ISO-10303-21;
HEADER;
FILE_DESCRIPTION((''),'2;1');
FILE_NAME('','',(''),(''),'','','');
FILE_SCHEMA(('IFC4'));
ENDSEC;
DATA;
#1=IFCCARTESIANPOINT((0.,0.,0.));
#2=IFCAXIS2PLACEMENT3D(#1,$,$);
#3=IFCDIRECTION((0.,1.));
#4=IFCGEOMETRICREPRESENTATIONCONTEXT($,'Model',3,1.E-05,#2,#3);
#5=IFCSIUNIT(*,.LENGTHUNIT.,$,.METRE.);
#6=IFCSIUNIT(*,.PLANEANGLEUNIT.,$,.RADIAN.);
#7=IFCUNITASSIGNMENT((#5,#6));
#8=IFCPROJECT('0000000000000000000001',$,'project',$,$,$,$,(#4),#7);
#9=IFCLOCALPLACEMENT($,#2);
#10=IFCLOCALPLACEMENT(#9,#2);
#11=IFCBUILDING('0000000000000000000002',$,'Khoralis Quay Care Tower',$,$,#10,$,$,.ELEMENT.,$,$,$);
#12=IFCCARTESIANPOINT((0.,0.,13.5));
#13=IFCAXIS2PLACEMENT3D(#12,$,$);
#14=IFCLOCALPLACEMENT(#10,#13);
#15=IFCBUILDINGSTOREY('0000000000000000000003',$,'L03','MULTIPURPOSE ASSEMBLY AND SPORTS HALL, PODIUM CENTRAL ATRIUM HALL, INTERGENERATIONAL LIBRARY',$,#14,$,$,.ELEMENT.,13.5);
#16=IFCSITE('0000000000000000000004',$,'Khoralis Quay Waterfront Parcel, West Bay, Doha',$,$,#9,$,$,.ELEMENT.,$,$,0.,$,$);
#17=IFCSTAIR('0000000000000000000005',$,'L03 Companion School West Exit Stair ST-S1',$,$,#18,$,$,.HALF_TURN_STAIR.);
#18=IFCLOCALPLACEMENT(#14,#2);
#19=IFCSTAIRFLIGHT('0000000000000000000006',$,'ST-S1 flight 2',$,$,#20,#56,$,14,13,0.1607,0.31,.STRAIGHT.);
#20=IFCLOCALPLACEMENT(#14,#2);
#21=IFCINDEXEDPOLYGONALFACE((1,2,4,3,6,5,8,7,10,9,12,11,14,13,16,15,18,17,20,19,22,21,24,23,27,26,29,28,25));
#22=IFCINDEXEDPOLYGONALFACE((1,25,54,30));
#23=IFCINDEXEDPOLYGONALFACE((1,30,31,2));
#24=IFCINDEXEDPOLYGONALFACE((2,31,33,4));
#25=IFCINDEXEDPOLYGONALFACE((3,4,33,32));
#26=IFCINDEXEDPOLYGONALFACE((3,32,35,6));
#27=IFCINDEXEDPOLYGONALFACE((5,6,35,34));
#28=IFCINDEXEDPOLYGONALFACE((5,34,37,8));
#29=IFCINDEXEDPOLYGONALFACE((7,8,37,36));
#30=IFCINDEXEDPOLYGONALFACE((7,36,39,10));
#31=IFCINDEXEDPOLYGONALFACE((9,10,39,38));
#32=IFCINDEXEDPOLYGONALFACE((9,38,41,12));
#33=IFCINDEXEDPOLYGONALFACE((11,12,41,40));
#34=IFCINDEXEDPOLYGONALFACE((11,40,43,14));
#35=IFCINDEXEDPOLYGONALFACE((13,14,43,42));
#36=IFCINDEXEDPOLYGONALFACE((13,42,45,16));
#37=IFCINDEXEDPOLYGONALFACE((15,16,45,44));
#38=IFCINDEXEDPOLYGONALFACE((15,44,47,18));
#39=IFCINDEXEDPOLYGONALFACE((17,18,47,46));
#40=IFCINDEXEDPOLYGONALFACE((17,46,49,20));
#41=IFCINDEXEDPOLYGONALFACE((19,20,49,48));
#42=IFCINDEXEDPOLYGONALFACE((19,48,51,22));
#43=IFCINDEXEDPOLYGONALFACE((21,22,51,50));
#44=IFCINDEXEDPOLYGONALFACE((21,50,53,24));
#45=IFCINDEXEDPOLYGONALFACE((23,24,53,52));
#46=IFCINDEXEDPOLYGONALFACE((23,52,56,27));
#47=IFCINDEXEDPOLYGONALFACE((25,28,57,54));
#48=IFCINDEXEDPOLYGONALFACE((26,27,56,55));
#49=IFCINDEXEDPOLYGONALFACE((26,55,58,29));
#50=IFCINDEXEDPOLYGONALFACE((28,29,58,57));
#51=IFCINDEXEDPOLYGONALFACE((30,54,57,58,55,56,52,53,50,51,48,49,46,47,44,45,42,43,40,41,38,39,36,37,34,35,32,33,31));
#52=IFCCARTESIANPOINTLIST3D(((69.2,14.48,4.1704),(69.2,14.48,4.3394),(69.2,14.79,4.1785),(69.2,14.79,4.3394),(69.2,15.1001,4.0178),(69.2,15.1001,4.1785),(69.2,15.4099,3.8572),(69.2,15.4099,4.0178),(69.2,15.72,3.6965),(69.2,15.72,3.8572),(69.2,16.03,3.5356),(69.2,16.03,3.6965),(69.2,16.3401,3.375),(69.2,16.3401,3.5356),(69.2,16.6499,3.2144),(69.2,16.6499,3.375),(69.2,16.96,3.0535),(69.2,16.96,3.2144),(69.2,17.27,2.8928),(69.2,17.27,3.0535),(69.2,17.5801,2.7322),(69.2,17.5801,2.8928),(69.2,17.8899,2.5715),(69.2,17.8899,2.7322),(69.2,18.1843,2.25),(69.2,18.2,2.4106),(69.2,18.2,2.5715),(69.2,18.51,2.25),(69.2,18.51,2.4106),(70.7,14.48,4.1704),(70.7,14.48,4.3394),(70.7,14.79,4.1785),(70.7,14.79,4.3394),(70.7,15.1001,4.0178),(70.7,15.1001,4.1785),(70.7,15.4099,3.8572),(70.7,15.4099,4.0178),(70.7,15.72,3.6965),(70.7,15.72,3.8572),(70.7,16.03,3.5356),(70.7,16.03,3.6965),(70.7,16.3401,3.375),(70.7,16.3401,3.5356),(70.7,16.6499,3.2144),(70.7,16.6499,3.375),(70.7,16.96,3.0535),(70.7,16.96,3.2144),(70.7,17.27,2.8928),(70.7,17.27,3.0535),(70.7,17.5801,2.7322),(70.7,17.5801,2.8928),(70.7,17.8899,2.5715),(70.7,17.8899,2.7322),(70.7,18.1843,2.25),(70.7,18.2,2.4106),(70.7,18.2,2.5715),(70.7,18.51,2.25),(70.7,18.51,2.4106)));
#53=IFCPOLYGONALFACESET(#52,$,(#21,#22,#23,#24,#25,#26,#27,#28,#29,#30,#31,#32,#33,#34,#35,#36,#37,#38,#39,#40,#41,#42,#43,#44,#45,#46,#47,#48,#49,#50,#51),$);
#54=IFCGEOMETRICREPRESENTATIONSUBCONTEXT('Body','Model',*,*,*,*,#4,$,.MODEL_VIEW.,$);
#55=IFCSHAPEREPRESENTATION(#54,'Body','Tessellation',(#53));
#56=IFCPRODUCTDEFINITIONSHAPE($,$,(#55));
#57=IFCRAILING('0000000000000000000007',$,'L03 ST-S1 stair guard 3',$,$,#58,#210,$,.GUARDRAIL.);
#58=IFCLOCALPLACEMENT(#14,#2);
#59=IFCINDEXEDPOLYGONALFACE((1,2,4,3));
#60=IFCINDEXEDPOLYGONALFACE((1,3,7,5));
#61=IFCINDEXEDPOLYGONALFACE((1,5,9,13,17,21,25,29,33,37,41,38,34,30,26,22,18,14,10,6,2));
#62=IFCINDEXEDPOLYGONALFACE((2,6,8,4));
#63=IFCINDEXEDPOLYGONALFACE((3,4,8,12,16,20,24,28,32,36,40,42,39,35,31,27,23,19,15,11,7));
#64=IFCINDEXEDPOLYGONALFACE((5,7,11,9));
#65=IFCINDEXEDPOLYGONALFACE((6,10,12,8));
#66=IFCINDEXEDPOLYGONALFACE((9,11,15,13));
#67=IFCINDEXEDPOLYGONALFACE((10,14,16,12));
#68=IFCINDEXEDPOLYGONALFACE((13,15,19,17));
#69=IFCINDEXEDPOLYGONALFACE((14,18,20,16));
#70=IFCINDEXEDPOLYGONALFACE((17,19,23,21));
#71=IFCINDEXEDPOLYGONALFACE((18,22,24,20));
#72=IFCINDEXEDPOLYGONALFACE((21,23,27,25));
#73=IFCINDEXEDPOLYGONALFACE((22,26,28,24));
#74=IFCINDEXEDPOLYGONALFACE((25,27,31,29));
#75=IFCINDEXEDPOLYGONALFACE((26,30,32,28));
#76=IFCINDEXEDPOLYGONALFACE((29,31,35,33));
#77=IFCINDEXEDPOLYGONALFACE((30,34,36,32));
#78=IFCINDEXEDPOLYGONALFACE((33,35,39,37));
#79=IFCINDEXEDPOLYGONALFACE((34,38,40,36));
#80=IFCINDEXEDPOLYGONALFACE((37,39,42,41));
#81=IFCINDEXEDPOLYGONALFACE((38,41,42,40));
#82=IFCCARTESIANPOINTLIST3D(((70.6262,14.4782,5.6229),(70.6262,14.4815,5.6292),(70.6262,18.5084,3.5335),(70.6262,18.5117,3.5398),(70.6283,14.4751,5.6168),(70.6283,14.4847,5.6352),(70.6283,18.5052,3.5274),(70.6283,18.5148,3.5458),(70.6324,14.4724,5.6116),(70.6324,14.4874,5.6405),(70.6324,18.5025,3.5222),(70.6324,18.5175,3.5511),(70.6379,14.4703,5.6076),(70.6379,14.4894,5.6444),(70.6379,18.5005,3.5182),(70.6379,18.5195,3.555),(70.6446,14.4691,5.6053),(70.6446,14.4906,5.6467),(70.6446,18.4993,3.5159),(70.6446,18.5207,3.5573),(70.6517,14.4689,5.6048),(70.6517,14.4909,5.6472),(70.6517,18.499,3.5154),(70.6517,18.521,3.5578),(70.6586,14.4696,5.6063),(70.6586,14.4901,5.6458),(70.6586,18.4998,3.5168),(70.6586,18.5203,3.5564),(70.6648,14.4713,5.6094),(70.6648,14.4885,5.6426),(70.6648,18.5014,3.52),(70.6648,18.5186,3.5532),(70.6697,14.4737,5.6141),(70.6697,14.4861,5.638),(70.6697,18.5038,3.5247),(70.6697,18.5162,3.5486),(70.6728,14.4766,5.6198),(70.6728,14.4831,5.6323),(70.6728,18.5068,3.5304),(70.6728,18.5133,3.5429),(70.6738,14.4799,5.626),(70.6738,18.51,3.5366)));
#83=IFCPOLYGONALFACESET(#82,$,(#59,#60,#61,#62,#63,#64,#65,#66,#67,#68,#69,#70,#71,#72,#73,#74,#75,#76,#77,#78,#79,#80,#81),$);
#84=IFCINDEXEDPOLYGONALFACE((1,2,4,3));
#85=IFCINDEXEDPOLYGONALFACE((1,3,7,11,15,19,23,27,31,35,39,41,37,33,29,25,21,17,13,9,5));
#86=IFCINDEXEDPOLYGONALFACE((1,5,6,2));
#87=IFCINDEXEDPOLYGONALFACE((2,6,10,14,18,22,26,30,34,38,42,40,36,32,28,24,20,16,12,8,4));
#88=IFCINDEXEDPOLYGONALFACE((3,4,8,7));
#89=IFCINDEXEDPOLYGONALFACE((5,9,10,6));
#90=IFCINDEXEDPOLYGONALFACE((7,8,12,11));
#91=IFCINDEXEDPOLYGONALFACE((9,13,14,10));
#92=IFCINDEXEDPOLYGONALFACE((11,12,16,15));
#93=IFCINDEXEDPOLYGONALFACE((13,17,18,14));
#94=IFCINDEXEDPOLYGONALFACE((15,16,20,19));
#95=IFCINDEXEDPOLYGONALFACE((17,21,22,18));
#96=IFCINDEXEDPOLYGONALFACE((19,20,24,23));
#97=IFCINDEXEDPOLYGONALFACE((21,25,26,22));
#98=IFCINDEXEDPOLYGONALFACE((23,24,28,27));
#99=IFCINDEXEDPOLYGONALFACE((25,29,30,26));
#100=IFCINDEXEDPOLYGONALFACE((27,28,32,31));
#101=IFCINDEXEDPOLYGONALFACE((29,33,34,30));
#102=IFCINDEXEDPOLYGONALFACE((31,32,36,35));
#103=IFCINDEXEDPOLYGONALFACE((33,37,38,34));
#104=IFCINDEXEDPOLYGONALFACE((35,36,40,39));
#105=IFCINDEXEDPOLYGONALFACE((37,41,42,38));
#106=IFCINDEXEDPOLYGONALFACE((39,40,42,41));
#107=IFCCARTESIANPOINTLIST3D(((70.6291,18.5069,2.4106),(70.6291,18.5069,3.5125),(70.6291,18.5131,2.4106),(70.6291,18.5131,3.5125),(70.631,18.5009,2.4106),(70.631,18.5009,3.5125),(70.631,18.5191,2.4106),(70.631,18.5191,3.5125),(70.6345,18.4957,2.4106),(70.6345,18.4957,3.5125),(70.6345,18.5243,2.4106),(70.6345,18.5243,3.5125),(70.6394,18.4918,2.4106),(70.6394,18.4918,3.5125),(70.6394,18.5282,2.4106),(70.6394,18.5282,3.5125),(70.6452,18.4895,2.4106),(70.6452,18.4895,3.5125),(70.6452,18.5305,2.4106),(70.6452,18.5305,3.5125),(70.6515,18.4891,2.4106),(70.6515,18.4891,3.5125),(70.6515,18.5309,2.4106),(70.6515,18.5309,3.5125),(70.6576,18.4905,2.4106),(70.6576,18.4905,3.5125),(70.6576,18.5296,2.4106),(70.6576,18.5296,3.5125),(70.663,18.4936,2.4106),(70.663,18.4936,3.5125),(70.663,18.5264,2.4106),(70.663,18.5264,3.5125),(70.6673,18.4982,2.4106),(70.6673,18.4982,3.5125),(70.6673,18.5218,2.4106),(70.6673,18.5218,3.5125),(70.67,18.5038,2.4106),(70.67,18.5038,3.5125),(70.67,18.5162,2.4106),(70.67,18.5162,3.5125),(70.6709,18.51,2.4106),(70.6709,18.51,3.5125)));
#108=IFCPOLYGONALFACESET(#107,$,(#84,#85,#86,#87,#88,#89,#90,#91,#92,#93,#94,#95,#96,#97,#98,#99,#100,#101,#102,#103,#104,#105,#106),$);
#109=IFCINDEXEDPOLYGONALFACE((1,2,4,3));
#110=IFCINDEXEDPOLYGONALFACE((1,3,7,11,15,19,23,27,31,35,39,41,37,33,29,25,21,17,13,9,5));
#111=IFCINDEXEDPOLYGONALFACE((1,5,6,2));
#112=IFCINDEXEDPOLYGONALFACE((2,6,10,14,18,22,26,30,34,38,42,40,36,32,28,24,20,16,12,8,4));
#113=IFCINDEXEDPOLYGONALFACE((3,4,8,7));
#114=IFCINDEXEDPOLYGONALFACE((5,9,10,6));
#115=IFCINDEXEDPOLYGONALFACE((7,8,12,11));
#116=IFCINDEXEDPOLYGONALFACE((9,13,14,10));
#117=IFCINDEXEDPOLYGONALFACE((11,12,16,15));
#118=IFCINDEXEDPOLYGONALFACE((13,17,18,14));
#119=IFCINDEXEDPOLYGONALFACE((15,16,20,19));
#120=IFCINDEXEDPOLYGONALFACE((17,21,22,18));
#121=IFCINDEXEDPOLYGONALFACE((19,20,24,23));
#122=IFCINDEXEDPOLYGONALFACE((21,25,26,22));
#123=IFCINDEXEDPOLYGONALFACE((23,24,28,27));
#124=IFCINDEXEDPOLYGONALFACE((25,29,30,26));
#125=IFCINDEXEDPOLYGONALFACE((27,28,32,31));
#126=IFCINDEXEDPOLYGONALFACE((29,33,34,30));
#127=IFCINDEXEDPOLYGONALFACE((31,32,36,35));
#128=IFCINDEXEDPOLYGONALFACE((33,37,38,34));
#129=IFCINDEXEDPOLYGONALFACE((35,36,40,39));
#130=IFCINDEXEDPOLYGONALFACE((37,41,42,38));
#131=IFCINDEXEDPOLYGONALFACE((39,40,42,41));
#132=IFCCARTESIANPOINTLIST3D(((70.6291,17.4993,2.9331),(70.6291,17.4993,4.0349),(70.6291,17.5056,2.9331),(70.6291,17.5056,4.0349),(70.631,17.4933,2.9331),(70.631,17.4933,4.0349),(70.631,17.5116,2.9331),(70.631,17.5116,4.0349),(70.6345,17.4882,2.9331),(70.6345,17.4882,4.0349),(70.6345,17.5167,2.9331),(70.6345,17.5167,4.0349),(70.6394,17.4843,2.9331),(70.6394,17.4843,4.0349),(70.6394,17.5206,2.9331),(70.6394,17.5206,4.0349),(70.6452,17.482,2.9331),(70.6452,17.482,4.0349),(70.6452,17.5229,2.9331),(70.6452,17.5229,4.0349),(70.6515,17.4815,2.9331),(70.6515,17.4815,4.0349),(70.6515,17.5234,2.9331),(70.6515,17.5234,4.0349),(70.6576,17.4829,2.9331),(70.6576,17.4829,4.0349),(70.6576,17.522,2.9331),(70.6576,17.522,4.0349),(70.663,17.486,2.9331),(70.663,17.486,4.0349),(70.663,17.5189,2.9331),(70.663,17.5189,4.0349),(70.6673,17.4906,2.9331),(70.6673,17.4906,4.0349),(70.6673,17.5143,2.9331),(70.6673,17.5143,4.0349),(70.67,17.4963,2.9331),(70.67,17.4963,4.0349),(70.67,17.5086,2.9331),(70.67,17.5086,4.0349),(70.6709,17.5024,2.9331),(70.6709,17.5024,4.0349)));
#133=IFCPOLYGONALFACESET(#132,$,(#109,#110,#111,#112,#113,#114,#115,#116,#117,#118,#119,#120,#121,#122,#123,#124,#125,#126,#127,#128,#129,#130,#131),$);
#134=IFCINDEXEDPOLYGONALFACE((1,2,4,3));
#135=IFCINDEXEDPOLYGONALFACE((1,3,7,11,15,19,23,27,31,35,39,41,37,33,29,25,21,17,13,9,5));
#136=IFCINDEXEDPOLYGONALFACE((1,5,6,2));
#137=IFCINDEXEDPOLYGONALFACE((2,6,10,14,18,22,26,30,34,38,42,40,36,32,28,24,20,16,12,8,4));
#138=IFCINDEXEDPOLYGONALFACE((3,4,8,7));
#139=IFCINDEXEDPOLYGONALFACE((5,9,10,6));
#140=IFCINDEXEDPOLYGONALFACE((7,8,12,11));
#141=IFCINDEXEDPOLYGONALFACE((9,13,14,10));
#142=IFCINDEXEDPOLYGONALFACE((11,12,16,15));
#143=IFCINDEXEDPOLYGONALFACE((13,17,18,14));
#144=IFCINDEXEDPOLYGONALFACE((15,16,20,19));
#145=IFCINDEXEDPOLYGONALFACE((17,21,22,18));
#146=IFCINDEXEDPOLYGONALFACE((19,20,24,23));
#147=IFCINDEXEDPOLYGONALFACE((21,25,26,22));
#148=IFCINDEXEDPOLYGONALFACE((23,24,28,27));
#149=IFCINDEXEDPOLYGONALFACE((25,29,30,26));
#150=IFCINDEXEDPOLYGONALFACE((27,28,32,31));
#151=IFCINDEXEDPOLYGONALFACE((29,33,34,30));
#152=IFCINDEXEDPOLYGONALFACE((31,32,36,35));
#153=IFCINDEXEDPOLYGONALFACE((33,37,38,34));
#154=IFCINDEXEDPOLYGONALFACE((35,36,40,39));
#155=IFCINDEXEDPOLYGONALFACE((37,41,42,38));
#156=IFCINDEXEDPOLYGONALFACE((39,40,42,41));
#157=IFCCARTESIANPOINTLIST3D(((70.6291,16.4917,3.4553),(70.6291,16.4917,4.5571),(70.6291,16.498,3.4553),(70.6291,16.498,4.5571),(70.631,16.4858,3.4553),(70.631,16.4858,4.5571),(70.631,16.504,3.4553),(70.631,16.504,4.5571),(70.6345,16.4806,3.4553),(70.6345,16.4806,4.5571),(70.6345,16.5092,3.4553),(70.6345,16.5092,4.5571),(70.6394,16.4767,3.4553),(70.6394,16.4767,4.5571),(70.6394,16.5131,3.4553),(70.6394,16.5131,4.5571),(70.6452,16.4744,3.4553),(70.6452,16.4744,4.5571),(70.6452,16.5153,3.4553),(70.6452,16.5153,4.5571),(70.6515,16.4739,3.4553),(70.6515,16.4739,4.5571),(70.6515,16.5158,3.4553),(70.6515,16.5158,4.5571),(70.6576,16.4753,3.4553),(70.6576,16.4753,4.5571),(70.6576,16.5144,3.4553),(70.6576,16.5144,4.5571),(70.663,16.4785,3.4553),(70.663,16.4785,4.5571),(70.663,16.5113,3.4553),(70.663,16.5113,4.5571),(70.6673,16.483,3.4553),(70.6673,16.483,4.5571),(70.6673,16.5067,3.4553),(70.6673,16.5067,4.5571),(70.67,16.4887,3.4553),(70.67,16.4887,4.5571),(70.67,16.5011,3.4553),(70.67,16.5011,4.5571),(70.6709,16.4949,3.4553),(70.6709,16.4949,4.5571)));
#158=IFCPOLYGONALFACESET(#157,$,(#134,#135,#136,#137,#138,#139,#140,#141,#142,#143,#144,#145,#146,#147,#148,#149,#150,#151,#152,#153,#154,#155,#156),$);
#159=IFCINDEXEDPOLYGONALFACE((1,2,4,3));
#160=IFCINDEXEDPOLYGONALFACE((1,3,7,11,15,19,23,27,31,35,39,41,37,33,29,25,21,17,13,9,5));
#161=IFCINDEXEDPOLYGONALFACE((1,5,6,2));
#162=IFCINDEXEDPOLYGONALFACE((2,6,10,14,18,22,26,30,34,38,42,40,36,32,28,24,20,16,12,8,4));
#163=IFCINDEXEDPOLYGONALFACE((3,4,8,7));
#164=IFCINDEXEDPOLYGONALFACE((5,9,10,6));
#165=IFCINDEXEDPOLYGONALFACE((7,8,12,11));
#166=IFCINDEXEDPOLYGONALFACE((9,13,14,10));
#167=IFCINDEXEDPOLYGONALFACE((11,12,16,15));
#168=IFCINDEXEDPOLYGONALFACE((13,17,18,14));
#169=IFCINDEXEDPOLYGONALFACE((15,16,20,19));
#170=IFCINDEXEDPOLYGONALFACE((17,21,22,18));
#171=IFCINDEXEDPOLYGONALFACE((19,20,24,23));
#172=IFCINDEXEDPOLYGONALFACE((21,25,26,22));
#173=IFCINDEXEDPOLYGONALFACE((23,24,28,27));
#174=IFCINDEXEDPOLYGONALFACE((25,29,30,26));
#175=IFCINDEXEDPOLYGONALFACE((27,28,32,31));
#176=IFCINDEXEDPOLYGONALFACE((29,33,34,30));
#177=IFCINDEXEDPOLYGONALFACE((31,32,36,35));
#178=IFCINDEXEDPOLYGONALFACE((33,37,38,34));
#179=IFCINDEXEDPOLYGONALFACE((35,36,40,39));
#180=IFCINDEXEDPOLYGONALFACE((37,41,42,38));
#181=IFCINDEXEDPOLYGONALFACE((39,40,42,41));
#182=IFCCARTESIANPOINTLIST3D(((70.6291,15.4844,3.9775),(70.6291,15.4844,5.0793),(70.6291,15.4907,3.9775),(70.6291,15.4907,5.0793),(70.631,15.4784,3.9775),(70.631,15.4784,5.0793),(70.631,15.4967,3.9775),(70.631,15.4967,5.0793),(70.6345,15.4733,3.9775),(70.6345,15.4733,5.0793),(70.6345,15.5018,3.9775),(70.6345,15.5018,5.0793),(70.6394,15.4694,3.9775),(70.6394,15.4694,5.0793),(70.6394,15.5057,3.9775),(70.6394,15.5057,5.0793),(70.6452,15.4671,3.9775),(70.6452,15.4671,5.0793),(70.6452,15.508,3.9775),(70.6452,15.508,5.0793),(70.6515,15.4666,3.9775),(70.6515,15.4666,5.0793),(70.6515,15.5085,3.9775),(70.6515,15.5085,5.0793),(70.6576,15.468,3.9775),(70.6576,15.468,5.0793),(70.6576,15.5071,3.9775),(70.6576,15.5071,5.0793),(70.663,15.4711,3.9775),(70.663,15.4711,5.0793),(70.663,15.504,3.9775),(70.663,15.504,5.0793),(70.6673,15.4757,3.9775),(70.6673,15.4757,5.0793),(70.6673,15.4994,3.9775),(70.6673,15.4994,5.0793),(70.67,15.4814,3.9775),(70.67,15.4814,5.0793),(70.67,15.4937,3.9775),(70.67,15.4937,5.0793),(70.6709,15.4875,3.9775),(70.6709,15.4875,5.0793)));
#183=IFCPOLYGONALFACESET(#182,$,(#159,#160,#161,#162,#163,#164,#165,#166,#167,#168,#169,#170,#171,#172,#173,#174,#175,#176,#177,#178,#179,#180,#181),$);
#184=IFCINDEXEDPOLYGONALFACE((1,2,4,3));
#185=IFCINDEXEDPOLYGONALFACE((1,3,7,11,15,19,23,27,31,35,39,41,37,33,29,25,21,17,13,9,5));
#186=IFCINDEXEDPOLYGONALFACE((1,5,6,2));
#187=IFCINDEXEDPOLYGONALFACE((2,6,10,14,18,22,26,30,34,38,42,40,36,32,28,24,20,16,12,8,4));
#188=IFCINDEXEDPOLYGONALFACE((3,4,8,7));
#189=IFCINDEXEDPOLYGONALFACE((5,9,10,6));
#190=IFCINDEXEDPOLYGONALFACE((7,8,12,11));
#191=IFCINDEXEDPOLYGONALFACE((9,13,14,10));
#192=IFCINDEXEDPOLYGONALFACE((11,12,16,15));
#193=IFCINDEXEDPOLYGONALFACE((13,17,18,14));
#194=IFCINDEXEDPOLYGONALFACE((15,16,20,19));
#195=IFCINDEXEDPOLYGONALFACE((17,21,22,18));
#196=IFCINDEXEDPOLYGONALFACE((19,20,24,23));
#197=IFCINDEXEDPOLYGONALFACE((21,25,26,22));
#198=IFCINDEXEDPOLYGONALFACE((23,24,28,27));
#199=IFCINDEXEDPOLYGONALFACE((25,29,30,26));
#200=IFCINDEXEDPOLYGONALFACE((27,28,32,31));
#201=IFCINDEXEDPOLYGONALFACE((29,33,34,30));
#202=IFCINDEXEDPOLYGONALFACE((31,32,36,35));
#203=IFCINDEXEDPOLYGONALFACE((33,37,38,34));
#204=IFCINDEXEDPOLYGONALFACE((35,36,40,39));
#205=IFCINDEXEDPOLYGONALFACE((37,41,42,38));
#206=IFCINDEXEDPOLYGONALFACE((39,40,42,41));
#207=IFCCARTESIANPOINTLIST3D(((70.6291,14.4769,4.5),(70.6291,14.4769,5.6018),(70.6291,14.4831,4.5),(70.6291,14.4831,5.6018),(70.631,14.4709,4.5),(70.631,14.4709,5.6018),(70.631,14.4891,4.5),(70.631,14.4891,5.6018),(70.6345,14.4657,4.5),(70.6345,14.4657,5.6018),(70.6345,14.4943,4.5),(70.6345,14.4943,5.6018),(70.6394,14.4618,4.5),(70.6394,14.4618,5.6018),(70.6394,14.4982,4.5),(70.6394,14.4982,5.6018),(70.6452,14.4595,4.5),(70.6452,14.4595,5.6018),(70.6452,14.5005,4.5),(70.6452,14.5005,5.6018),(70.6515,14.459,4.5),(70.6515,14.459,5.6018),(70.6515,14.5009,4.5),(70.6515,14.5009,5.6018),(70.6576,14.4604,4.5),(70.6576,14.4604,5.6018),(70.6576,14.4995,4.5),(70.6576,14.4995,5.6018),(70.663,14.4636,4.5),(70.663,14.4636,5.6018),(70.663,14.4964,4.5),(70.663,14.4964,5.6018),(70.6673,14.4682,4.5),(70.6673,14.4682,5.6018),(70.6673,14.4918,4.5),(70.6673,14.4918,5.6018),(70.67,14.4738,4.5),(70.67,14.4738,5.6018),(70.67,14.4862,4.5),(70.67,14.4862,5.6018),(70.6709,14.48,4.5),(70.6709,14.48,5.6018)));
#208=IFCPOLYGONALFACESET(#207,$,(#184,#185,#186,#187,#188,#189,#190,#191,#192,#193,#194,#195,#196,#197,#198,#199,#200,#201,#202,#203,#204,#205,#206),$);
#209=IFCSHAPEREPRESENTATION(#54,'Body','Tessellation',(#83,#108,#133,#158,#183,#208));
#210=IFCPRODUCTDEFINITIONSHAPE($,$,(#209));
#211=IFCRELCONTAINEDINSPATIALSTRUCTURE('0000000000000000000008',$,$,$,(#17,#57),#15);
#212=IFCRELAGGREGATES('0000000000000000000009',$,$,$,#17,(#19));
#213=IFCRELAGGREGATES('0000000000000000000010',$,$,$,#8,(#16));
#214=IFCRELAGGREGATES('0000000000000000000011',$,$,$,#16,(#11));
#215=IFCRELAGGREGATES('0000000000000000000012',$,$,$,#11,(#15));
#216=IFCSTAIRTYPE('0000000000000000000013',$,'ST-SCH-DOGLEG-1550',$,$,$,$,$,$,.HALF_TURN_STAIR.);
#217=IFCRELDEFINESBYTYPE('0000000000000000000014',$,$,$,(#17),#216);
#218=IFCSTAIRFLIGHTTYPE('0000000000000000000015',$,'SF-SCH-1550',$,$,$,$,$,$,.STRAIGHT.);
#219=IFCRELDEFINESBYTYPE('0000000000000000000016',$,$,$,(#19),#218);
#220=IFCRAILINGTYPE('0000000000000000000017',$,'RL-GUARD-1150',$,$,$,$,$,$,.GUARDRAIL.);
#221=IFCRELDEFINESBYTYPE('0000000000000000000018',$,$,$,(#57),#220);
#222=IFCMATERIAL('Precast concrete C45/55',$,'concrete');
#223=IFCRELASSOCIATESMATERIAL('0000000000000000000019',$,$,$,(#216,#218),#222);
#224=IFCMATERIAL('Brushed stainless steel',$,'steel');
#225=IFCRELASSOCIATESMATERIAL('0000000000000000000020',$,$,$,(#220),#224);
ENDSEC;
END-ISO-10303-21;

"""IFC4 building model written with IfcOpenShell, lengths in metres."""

from ifc_helpers import new_model, si_unit, direction, frame, origin, origin_2d, place, context, subcontext, project, spatial, polyline, circle, outline, extrude, source, transform, mapped, material, type_object, element, aggregate, save


model = new_model("IFC4")

# Units and contexts
model_context = context("Model", 3, precision=1e-05, world=origin(), true_north=direction((0.0, 1.0)))
body_context = subcontext(model_context, "Body", "Model", "MODEL_VIEW")
ifc_project = project(units=[si_unit("LENGTHUNIT", "METRE"), si_unit("PLANEANGLEUNIT", "RADIAN")], contexts=[model_context])

# Site, building, storey
site_placement = place(None, origin())
site = spatial("IfcSite", under=ifc_project, at=site_placement, Name="Khoralis Quay Waterfront Parcel, West Bay, Doha", CompositionType="ELEMENT", RefElevation=0.0)
building_placement = place(site_placement, origin())
building = spatial("IfcBuilding", under=site, at=building_placement, Name="Khoralis Quay Care Tower", CompositionType="ELEMENT")
storey_placement = place(building_placement, frame((0.0, 0.0, 13.5)))
storey = spatial("IfcBuildingStorey", under=building, at=storey_placement, Name="L03", Description="MULTIPURPOSE ASSEMBLY AND SPORTS HALL, PODIUM CENTRAL ATRIUM HALL, INTERGENERATIONAL LIBRARY", CompositionType="ELEMENT", Elevation=13.5)

# Stair, stair flight
ifc_material_1 = material(Name="Precast concrete C45/55", Category="concrete")
stair_type = type_object("IfcStairType", Name="ST-SCH-DOGLEG-1550", PredefinedType="HALF_TURN_STAIR", material=ifc_material_1)
stair_placement = place(storey_placement, origin())
stair = element("IfcStair", 1, at=stair_placement, inside=storey, type_object=stair_type, Name="L03 Companion School West Exit Stair ST-S1", PredefinedType="HALF_TURN_STAIR")
stair_flight_type = type_object("IfcStairFlightType", Name="SF-SCH-1550", PredefinedType="STRAIGHT", material=ifc_material_1)
shared_shape_1 = source(origin(), body_context, "Body", "SweptSolid", [
    extrude(outline(polyline([(0.0, 0.0), (0.0, 0.1606), (0.3101, 0.1606), (0.3101, 0.3215), (0.6201, 0.3215), (0.6201, 0.4822), (0.9299, 0.4822), (0.9299, 0.6428), (1.24, 0.6428), (1.24, 0.8035), (1.55, 0.8035), (1.55, 0.9644), (1.8601, 0.9644), (1.8601, 1.125), (2.1699, 1.125), (2.1699, 1.2856), (2.48, 1.2856), (2.48, 1.4465), (2.79, 1.4465), (2.79, 1.6072), (3.1001, 1.6072), (3.1001, 1.7678), (3.4099, 1.7678), (3.4099, 1.9285), (3.72, 1.9285), (3.72, 2.0894), (4.03, 2.0894), (4.03, 2.25), (4.03, 1.9204), (0.3257, 0.0), (0.0, 0.0)])), frame((0.0, 0.75, 0.0), z_axis=(0.0, -1.0, 0.0), x_axis=(1.0, 0.0, 0.0)), (0.0, 0.0, 1.0), 1.5),
])
stair_flight_placement = place(storey_placement, frame((69.95, 18.51, 2.25), z_axis=(0.0, 0.0, 1.0), x_axis=(0.0, -1.0, 0.0)))
stair_flight = element("IfcStairFlight", 2, at=stair_flight_placement, type_object=stair_flight_type, Name="ST-S1 flight 2", NumberOfRisers=14, NumberOfTreads=13, PredefinedType="STRAIGHT", RiserHeight=0.1607, TreadLength=0.31, context=body_context, shape_type="MappedRepresentation", body=[
    mapped(shared_shape_1, transform((0.0, 0.0, 0.0), scale=1.0)),
])
aggregate(stair, [stair_flight])

# Railing
ifc_material_2 = material(Name="Brushed stainless steel", Category="steel")
railing_type_1 = type_object("IfcRailingType", Name="RL-GUARD-1150", PredefinedType="GUARDRAIL", material=ifc_material_2)
railing_1_placement = place(storey_placement, frame((70.6499, 18.51, 2.4106)))
element("IfcRailing", 3, at=railing_1_placement, inside=storey, type_object=railing_type_1, Name="L03 ST-S1 stair guard 3", PredefinedType="GUARDRAIL", context=body_context, shape_type="SweptSolid", body=[
    extrude(circle(Radius=0.0239, at=origin_2d()), frame((0.0, 0.0, 1.126), z_axis=(0.0, -0.887781, 0.460267), x_axis=(1.0, 0.0, 0.0)), (0.0, 0.0, 1.0), 4.5396),
    extrude(circle(Radius=0.021, at=origin_2d()), origin(), (0.0, 0.0, 1.0), 1.1018),
    extrude(circle(Radius=0.021, at=origin_2d()), frame((0.0, -1.0076, 0.5225)), (0.0, 0.0, 1.0), 1.1018),
    extrude(circle(Radius=0.021, at=origin_2d()), frame((0.0, -2.0151, 1.0447)), (0.0, 0.0, 1.0), 1.1018),
    extrude(circle(Radius=0.021, at=origin_2d()), frame((0.0, -3.0225, 1.5669)), (0.0, 0.0, 1.0), 1.1018),
    extrude(circle(Radius=0.021, at=origin_2d()), frame((0.0, -4.03, 2.0894)), (0.0, 0.0, 1.0), 1.1018),
])

save(model, "model.ifc")
